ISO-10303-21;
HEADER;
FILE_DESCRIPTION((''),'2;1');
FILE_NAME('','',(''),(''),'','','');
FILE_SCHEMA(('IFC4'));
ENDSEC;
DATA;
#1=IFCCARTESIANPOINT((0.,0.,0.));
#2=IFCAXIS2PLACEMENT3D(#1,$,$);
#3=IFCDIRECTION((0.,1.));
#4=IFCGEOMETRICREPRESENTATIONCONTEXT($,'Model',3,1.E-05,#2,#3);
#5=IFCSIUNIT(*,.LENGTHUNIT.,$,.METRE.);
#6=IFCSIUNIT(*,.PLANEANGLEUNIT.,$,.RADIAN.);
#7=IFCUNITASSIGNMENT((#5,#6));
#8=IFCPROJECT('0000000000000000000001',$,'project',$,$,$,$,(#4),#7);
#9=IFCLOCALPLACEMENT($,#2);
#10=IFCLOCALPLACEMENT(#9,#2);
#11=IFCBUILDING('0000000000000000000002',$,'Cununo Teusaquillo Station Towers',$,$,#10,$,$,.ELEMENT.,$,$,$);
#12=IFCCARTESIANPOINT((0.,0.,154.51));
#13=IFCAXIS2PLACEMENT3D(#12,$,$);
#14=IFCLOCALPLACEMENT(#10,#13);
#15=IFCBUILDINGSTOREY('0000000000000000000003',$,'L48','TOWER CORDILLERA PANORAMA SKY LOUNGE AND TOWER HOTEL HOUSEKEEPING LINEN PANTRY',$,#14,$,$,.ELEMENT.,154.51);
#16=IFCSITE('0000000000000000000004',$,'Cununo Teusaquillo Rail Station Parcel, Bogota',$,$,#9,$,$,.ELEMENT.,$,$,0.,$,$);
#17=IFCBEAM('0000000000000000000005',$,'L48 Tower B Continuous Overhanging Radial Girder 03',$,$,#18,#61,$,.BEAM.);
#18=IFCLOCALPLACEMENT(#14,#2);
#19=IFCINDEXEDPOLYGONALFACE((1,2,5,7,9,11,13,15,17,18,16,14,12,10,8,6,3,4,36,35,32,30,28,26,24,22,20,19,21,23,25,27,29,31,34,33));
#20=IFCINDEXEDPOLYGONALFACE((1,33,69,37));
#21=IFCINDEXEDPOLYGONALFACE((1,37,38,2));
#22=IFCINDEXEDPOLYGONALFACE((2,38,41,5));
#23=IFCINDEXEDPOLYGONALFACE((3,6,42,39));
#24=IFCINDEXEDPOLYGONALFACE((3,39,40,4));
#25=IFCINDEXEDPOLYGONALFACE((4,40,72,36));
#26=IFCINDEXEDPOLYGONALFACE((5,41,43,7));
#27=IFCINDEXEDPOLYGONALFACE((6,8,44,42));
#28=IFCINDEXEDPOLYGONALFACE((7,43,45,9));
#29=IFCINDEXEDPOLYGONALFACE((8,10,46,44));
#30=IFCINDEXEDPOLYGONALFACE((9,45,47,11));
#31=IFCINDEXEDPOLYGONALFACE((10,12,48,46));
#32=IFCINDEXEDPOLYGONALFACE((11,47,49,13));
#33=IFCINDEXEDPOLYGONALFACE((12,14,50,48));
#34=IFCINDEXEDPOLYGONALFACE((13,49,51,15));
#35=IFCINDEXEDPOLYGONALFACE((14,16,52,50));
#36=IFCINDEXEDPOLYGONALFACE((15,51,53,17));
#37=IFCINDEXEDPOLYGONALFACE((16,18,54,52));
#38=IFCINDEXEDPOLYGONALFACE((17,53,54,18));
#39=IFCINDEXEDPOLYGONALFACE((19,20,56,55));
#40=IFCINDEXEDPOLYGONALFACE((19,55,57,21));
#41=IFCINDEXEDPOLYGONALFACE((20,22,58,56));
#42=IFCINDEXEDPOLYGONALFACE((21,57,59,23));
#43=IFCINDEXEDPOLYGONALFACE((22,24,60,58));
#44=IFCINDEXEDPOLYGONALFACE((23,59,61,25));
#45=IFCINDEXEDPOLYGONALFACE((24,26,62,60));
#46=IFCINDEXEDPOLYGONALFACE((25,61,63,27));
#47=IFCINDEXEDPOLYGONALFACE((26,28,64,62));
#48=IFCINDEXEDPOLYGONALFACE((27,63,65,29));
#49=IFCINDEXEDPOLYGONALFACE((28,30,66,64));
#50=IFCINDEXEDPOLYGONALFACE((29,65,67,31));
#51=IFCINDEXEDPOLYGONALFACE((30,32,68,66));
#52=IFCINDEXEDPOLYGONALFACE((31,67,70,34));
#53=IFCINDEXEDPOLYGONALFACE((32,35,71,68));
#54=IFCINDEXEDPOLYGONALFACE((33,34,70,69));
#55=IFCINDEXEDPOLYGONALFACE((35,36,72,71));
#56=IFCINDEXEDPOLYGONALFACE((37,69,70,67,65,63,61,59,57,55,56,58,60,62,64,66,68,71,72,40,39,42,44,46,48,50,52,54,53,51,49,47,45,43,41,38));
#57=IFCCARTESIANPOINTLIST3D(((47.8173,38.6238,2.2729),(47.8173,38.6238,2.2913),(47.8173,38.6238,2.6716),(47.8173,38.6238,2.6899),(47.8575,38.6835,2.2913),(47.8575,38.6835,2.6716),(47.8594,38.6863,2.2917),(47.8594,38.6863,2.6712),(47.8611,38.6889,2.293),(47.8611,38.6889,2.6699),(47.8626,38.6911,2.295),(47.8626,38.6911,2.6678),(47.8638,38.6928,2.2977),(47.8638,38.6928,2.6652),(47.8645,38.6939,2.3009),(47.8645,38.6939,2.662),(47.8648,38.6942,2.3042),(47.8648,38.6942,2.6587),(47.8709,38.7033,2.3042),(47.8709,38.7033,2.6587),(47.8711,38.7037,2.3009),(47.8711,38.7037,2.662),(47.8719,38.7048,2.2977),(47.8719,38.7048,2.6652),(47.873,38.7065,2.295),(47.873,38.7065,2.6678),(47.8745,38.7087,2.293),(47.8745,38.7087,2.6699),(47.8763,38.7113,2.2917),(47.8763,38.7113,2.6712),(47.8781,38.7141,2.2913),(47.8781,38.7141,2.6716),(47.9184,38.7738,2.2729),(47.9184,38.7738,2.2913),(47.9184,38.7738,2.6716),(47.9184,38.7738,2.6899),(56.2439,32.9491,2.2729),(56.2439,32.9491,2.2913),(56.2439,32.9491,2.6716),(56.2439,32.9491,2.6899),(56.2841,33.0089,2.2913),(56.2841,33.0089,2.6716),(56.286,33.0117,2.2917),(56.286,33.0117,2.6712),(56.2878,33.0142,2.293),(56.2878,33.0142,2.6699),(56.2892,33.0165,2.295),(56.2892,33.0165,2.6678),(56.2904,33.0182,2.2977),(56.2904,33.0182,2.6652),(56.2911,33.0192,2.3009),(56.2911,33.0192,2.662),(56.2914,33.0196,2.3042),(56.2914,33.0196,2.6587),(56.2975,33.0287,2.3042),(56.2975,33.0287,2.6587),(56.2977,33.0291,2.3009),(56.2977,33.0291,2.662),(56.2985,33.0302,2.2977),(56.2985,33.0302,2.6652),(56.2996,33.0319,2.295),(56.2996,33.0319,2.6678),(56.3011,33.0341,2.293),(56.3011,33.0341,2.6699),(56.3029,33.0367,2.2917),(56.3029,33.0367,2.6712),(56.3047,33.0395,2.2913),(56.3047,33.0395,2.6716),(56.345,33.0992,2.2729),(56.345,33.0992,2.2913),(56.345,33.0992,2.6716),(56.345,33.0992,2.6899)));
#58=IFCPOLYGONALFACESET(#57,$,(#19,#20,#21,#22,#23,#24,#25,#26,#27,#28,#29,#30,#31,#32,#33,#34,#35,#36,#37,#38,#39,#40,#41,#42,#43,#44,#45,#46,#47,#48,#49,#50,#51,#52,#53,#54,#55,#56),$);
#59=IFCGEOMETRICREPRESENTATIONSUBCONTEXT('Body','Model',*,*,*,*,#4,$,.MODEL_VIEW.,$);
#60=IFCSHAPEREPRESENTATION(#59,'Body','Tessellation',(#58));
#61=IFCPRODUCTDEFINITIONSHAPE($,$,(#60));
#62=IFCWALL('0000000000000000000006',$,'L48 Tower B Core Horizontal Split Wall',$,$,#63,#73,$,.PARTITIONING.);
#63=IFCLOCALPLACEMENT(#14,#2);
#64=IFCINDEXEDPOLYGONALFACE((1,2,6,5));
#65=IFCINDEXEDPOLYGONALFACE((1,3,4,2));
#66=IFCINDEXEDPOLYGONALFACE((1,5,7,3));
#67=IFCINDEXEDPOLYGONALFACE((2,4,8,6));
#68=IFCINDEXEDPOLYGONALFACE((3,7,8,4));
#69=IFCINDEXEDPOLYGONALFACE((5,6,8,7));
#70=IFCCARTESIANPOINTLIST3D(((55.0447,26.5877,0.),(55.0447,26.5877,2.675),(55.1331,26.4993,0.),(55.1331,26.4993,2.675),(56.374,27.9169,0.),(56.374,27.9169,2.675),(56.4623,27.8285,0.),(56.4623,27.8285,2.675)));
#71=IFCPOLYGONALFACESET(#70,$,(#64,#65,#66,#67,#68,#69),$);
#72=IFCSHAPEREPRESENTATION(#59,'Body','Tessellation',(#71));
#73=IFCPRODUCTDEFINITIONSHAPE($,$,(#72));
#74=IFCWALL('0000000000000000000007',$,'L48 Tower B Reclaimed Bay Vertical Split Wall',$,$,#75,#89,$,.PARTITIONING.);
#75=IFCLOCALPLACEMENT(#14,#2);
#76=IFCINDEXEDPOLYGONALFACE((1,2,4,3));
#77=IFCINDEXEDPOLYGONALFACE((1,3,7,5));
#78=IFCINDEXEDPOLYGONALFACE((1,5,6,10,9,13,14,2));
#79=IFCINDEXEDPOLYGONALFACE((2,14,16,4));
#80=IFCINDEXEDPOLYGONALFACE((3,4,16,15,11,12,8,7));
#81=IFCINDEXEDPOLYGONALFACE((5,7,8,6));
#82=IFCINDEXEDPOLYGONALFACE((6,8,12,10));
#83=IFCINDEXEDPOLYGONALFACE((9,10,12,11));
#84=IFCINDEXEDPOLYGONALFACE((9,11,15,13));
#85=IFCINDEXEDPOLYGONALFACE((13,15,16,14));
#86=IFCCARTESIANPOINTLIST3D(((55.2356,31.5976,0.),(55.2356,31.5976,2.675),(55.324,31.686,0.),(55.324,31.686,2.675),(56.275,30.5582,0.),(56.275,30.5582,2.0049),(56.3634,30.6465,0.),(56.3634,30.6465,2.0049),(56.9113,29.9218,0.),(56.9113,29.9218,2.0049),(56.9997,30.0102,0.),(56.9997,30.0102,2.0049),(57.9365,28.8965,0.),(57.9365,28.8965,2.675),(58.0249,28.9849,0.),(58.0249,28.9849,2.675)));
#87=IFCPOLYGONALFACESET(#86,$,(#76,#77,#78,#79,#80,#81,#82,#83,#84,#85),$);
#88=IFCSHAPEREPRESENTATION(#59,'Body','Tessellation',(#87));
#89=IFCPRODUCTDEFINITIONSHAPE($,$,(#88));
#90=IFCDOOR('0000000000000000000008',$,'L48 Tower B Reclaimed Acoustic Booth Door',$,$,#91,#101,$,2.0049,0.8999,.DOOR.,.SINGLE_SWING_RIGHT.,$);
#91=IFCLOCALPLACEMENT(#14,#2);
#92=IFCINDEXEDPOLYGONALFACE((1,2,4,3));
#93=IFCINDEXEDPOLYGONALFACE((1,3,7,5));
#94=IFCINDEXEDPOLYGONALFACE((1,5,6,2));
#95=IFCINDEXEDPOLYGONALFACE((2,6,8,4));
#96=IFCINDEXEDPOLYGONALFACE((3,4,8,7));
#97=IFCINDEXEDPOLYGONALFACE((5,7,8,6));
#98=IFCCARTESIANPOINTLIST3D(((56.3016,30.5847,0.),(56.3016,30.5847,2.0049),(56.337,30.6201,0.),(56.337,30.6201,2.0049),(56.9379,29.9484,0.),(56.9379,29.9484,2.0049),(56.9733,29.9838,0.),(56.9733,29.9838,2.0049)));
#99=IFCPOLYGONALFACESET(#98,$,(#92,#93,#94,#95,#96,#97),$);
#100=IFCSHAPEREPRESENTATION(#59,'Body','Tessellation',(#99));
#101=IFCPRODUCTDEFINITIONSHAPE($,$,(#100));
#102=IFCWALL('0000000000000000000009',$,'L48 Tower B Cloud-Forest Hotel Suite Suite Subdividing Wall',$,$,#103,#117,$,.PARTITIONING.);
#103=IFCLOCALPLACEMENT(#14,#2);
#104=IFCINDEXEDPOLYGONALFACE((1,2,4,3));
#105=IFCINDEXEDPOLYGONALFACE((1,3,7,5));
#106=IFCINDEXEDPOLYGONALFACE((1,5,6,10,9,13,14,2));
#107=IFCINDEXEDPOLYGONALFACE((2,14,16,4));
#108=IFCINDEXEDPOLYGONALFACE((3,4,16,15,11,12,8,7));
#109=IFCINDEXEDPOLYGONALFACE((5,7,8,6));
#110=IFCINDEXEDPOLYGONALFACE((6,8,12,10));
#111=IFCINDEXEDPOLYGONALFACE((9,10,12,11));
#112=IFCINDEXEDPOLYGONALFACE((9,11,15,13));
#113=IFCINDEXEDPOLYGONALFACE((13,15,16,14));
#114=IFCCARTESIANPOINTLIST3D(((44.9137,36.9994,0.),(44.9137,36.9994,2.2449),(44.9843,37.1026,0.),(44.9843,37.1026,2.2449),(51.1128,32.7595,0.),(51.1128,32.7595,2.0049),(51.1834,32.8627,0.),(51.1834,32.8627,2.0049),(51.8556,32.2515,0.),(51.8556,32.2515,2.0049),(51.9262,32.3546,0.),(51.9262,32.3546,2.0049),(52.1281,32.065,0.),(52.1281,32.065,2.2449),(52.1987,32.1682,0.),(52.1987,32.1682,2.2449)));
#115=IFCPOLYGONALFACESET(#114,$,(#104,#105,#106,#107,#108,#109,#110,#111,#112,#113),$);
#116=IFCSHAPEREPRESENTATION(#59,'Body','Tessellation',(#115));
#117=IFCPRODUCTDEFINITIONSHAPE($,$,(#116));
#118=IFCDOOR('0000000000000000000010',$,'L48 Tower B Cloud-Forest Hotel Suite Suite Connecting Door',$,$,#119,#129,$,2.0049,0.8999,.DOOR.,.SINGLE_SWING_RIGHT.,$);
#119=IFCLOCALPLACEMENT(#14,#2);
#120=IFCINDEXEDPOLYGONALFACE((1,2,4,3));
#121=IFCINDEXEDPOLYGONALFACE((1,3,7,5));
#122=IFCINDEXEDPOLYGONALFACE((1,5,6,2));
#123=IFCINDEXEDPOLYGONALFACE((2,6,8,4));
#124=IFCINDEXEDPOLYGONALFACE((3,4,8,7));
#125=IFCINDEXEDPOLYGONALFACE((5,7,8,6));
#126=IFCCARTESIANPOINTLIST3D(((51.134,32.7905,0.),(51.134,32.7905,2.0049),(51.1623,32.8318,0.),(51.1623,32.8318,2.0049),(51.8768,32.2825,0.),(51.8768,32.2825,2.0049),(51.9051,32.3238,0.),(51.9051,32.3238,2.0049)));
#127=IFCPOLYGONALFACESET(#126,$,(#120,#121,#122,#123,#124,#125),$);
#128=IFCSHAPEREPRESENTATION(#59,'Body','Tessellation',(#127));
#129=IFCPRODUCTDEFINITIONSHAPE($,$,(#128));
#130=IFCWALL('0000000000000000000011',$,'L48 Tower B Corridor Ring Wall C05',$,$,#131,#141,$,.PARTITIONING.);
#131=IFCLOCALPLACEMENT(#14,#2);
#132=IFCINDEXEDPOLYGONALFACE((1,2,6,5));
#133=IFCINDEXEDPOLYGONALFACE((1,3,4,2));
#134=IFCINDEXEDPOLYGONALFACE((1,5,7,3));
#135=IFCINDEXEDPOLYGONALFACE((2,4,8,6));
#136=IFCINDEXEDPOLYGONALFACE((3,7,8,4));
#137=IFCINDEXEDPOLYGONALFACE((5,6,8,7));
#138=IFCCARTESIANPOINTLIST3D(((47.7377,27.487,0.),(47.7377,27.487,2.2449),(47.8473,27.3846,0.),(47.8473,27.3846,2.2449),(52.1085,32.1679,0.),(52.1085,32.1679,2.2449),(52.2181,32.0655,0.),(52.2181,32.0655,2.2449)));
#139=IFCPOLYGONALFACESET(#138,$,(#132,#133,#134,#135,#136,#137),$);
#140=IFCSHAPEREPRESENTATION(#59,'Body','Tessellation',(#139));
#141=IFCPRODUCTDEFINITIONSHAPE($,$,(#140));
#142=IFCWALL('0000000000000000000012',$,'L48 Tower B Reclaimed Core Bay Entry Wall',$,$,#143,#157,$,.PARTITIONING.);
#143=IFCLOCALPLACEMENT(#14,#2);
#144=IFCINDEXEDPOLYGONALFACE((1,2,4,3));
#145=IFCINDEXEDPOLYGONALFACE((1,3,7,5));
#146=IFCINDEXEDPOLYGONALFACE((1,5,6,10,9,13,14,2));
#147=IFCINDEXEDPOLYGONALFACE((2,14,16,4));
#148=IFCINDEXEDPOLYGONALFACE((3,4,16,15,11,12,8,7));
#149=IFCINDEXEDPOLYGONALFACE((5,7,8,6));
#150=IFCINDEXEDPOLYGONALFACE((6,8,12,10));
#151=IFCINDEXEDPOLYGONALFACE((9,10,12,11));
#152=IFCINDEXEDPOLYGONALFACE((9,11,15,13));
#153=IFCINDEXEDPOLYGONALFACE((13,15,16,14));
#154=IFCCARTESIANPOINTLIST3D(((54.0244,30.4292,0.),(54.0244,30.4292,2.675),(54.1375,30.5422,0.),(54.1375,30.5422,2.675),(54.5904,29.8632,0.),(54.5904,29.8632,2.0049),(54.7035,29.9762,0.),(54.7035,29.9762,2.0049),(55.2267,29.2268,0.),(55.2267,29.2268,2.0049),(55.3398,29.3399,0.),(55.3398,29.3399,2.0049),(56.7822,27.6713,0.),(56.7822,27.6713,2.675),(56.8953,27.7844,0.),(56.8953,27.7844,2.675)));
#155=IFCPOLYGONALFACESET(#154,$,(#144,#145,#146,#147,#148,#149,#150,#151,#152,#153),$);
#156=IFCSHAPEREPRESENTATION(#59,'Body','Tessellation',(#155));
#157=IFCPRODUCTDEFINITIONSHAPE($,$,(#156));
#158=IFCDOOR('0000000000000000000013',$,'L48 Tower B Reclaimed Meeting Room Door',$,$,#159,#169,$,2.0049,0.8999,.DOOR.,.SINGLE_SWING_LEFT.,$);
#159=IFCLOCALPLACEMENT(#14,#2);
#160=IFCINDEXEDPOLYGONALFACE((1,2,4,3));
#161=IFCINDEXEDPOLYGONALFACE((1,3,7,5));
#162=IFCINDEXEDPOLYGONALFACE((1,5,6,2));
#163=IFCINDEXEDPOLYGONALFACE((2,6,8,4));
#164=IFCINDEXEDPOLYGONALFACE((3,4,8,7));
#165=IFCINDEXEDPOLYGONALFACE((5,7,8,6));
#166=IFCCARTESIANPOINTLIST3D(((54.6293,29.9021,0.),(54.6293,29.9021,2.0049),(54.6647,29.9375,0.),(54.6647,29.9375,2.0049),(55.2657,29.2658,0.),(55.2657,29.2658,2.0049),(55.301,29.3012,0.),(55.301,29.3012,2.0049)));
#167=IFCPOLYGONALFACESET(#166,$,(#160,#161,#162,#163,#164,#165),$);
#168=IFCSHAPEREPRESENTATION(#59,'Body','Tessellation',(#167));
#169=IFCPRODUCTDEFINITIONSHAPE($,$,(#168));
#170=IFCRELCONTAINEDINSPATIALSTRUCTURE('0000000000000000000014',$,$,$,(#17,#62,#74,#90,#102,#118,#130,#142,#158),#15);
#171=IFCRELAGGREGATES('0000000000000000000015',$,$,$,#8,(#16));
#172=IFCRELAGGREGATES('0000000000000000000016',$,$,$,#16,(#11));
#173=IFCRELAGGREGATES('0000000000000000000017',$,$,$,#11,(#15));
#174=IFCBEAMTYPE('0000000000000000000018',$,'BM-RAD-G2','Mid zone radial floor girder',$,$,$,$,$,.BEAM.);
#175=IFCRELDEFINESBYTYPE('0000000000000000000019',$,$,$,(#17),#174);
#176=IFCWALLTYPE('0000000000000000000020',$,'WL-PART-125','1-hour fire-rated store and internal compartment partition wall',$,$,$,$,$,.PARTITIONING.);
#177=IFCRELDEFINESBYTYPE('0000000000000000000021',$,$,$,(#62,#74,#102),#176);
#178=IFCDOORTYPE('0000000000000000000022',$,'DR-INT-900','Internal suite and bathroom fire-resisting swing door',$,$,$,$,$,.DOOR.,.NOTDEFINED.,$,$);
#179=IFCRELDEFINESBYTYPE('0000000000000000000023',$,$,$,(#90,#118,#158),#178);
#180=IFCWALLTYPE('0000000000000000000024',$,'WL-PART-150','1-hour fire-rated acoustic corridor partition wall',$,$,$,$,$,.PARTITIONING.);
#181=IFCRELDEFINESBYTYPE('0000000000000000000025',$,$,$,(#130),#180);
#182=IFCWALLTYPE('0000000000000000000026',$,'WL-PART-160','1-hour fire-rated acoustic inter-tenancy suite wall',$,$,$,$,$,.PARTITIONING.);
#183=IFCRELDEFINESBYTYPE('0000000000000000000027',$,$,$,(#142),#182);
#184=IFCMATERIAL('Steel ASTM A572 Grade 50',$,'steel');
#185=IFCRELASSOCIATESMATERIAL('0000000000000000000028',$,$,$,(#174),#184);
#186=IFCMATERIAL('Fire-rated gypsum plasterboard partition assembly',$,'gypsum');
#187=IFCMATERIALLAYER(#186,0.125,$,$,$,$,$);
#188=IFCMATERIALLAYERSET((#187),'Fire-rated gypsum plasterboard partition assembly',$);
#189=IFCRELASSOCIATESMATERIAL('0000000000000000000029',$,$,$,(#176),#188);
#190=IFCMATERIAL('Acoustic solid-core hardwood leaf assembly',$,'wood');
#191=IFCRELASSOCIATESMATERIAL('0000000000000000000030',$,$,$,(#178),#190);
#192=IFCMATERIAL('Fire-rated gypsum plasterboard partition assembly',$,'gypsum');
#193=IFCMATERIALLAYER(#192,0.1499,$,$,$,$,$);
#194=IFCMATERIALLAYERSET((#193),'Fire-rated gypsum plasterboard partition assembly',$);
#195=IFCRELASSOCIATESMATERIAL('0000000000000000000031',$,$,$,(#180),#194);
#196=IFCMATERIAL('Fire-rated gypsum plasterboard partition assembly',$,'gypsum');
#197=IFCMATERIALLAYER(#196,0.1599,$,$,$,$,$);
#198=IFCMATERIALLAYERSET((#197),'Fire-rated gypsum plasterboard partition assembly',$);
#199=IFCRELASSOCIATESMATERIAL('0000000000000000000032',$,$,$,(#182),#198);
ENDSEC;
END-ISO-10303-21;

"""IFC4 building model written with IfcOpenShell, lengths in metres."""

from ifc_helpers import new_model, si_unit, direction, frame, frame_2d, origin, origin_2d, place, context, subcontext, project, spatial, rectangle, i_section, extrude, source, transform, mapped, material, layer, layer_set, material_profile, profile_set, type_object, element, fill, save


model = new_model("IFC4")

# Units and contexts
model_context = context("Model", 3, precision=1e-05, world=origin(), true_north=direction((0.0, 1.0)))
body_context = subcontext(model_context, "Body", "Model", "MODEL_VIEW")
ifc_project = project(units=[si_unit("LENGTHUNIT", "METRE"), si_unit("PLANEANGLEUNIT", "RADIAN")], contexts=[model_context])

# Site, building, storey
site_placement = place(None, origin())
site = spatial("IfcSite", under=ifc_project, at=site_placement, Name="Cununo Teusaquillo Rail Station Parcel, Bogota", CompositionType="ELEMENT", RefElevation=0.0)
building_placement = place(site_placement, origin())
building = spatial("IfcBuilding", under=site, at=building_placement, Name="Cununo Teusaquillo Station Towers", CompositionType="ELEMENT")
storey_placement = place(building_placement, frame((0.0, 0.0, 154.51)))
storey = spatial("IfcBuildingStorey", under=building, at=storey_placement, Name="L48", Description="TOWER CORDILLERA PANORAMA SKY LOUNGE AND TOWER HOTEL HOUSEKEEPING LINEN PANTRY", CompositionType="ELEMENT", Elevation=154.51)

# Beam
ifc_material_1 = material(Name="Steel ASTM A572 Grade 50", Category="steel")
ifc_material_profile_1 = material_profile(ifc_material_1, i_section(OverallWidth=0.1809, OverallDepth=0.417, WebThickness=0.011, FlangeThickness=0.0183, FilletRadius=0.0129, at=origin_2d()), Name="W16X57")
ifc_profile_set_1 = profile_set([ifc_material_profile_1], Name="Steel ASTM A572 Grade 50")
beam_type = type_object("IfcBeamType", Name="BM-RAD-G2", Description="Mid zone radial floor girder", PredefinedType="BEAM", material=ifc_profile_set_1)
beam_1_placement = place(storey_placement, frame((56.2944, 33.0242, 2.4814), z_axis=(-0.829457, 0.558571, 0.0), x_axis=(-0.558571, -0.829457, 0.0)))
element("IfcBeam", 1, at=beam_1_placement, inside=storey, type_object=beam_type, Name="L48 Tower B Continuous Overhanging Radial Girder 03", PredefinedType="BEAM", context=body_context, shape_type="SweptSolid", body=[
    extrude(i_section(OverallWidth=0.1809, OverallDepth=0.417, WebThickness=0.011, FlangeThickness=0.0183, FilletRadius=0.0129, at=origin_2d()), origin(), (0.0, 0.0, 1.0), 10.1592),
])

# Wall
ifc_material_2 = material(Name="Fire-rated gypsum plasterboard partition assembly", Category="gypsum")
ifc_layer_1 = layer(ifc_material_2, 0.125)
ifc_layer_set_1 = layer_set([ifc_layer_1], Name="Fire-rated gypsum plasterboard partition assembly")
wall_type_1 = type_object("IfcWallType", Name="WL-PART-125", Description="1-hour fire-rated store and internal compartment partition wall", PredefinedType="PARTITIONING", material=ifc_layer_set_1)
wall_1_placement = place(storey_placement, frame((55.0889, 26.5435, 0.0), z_axis=(0.0, 0.0, 1.0), x_axis=(0.707107, 0.707107, 0.0)))
element("IfcWall", 2, at=wall_1_placement, inside=storey, type_object=wall_type_1, Name="L48 Tower B Core Horizontal Split Wall", PredefinedType="PARTITIONING", context=body_context, shape_type="SweptSolid", body=[
    extrude(rectangle(XDim=1.8799, YDim=0.125, at=frame_2d((0.9399, 0.0))), origin(), (0.0, 0.0, 1.0), 2.675),
])

# Walls, openings, doors
wall_2_placement = place(storey_placement, frame((57.9807, 28.9407, 0.0), z_axis=(0.0, 0.0, 1.0), x_axis=(-0.707075, 0.707139, 0.0)))
wall_2 = element("IfcWall", 3, at=wall_2_placement, inside=storey, type_object=wall_type_1, Name="L48 Tower B Reclaimed Bay Vertical Split Wall", PredefinedType="PARTITIONING", context=body_context, shape_type="SweptSolid", body=[
    extrude(rectangle(XDim=3.8198, YDim=0.125, at=frame_2d((1.9099, 0.0))), origin(), (0.0, 0.0, 1.0), 2.675),
])
shared_shape_1 = source(origin(), body_context, "Body", "SweptSolid", [
    extrude(rectangle(XDim=0.8999, YDim=2.0049, at=frame_2d((0.45, 1.0024))), frame((0.0, 0.0725, 0.0), z_axis=(0.0, -1.0, 0.0), x_axis=(1.0, 0.0, 0.0)), (0.0, 0.0, 1.0), 0.145),
])
opening_1_placement = place(wall_2_placement, frame((1.45, 0.0, 0.0)))
opening_1 = element("IfcOpeningElement", 4, at=opening_1_placement, cuts=wall_2, PredefinedType="OPENING", context=body_context, shape_type="MappedRepresentation", body=[
    mapped(shared_shape_1, transform((0.0, 0.0, 0.0), x_axis=(1.0, 0.0, 0.0), y_axis=(0.0, 1.0, 0.0), z_axis=(0.0, 0.0, 1.0), scale=1.0)),
])
ifc_material_3 = material(Name="Acoustic solid-core hardwood leaf assembly", Category="wood")
door_type_1 = type_object("IfcDoorType", Name="DR-INT-900", Description="Internal suite and bathroom fire-resisting swing door", OperationType="NOTDEFINED", PredefinedType="DOOR", material=ifc_material_3)
shared_shape_2 = source(origin(), body_context, "Body", "SweptSolid", [
    extrude(rectangle(XDim=0.8999, YDim=2.0049, at=frame_2d((0.45, 1.0024))), frame((0.0, 0.0249, 0.0), z_axis=(0.0, -1.0, 0.0), x_axis=(1.0, 0.0, 0.0)), (0.0, 0.0, 1.0), 0.05),
])
door_1_placement = place(opening_1_placement, origin())
door_1 = element("IfcDoor", 5, at=door_1_placement, inside=storey, type_object=door_type_1, Name="L48 Tower B Reclaimed Acoustic Booth Door", OperationType="SINGLE_SWING_RIGHT", OverallHeight=2.0049, OverallWidth=0.8999, PredefinedType="DOOR", context=body_context, shape_type="MappedRepresentation", body=[
    mapped(shared_shape_2, transform((0.0, 0.0, 0.0), x_axis=(1.0, 0.0, 0.0), y_axis=(0.0, 1.0, 0.0), z_axis=(0.0, 0.0, 1.0), scale=1.0)),
])
fill(opening_1, door_1)
wall_3_placement = place(storey_placement, frame((52.1633, 32.1167, 0.0), z_axis=(0.0, 0.0, 1.0), x_axis=(-0.825404, 0.564543, 0.0)))
wall_3 = element("IfcWall", 6, at=wall_3_placement, inside=storey, type_object=wall_type_1, Name="L48 Tower B Cloud-Forest Hotel Suite Suite Subdividing Wall", PredefinedType="PARTITIONING", context=body_context, shape_type="SweptSolid", body=[
    extrude(rectangle(XDim=8.7405, YDim=0.125, at=frame_2d((4.3701, 0.0))), origin(), (0.0, 0.0, 1.0), 2.2449),
])
opening_2_placement = place(wall_3_placement, frame((0.3301, 0.0, 0.0)))
opening_2 = element("IfcOpeningElement", 7, at=opening_2_placement, cuts=wall_3, PredefinedType="OPENING", context=body_context, shape_type="MappedRepresentation", body=[
    mapped(shared_shape_1, transform((0.0, 0.0, 0.0), x_axis=(1.0, 0.0, 0.0), y_axis=(0.0, 1.0, 0.0), z_axis=(0.0, 0.0, 1.0), scale=1.0)),
])
door_2_placement = place(opening_2_placement, origin())
door_2 = element("IfcDoor", 8, at=door_2_placement, inside=storey, type_object=door_type_1, Name="L48 Tower B Cloud-Forest Hotel Suite Suite Connecting Door", OperationType="SINGLE_SWING_RIGHT", OverallHeight=2.0049, OverallWidth=0.8999, PredefinedType="DOOR", context=body_context, shape_type="MappedRepresentation", body=[
    mapped(shared_shape_2, transform((0.0, 0.0, 0.0), x_axis=(1.0, 0.0, 0.0), y_axis=(0.0, 1.0, 0.0), z_axis=(0.0, 0.0, 1.0), scale=1.0)),
])
fill(opening_2, door_2)

# Wall
ifc_material_4 = material(Name="Fire-rated gypsum plasterboard partition assembly", Category="gypsum")
ifc_layer_2 = layer(ifc_material_4, 0.1499)
ifc_layer_set_2 = layer_set([ifc_layer_2], Name="Fire-rated gypsum plasterboard partition assembly")
wall_type_2 = type_object("IfcWallType", Name="WL-PART-150", Description="1-hour fire-rated acoustic corridor partition wall", PredefinedType="PARTITIONING", material=ifc_layer_set_2)
wall_4_placement = place(storey_placement, frame((52.1633, 32.1167, 0.0), z_axis=(0.0, 0.0, 1.0), x_axis=(-0.682485, -0.730899, 0.0)))
element("IfcWall", 9, at=wall_4_placement, inside=storey, type_object=wall_type_2, Name="L48 Tower B Corridor Ring Wall C05", PredefinedType="PARTITIONING", context=body_context, shape_type="SweptSolid", body=[
    extrude(rectangle(XDim=6.4043, YDim=0.1499, at=frame_2d((3.2021, 0.0))), origin(), (0.0, 0.0, 1.0), 2.2449),
])

# Wall, opening, door
ifc_material_5 = material(Name="Fire-rated gypsum plasterboard partition assembly", Category="gypsum")
ifc_layer_3 = layer(ifc_material_5, 0.1599)
ifc_layer_set_3 = layer_set([ifc_layer_3], Name="Fire-rated gypsum plasterboard partition assembly")
wall_type_3 = type_object("IfcWallType", Name="WL-PART-160", Description="1-hour fire-rated acoustic inter-tenancy suite wall", PredefinedType="PARTITIONING", material=ifc_layer_set_3)
wall_5_placement = place(storey_placement, frame((56.8389, 27.7278, 0.0), z_axis=(0.0, 0.0, 1.0), x_axis=(-0.707107, 0.707107, 0.0)))
wall_5 = element("IfcWall", 10, at=wall_5_placement, inside=storey, type_object=wall_type_3, Name="L48 Tower B Reclaimed Core Bay Entry Wall", PredefinedType="PARTITIONING", context=body_context, shape_type="SweptSolid", body=[
    extrude(rectangle(XDim=3.9001, YDim=0.1599, at=frame_2d((1.9502, 0.0))), origin(), (0.0, 0.0, 1.0), 2.675),
])
shared_shape_3 = source(origin(), body_context, "Body", "SweptSolid", [
    extrude(rectangle(XDim=0.8999, YDim=2.0049, at=frame_2d((0.45, 1.0024))), frame((0.0, 0.0898, 0.0), z_axis=(0.0, -1.0, 0.0), x_axis=(1.0, 0.0, 0.0)), (0.0, 0.0, 1.0), 0.1799),
])
opening_3_placement = place(wall_5_placement, frame((2.2, 0.0, 0.0)))
opening_3 = element("IfcOpeningElement", 11, at=opening_3_placement, cuts=wall_5, PredefinedType="OPENING", context=body_context, shape_type="MappedRepresentation", body=[
    mapped(shared_shape_3, transform((0.0, 0.0, 0.0), x_axis=(1.0, 0.0, 0.0), y_axis=(0.0, 1.0, 0.0), z_axis=(0.0, 0.0, 1.0), scale=1.0)),
])
door_3_placement = place(opening_3_placement, origin())
door_3 = element("IfcDoor", 12, at=door_3_placement, inside=storey, type_object=door_type_1, Name="L48 Tower B Reclaimed Meeting Room Door", OperationType="SINGLE_SWING_LEFT", OverallHeight=2.0049, OverallWidth=0.8999, PredefinedType="DOOR", context=body_context, shape_type="MappedRepresentation", body=[
    mapped(shared_shape_2, transform((0.0, 0.0, 0.0), x_axis=(1.0, 0.0, 0.0), y_axis=(0.0, 1.0, 0.0), z_axis=(0.0, 0.0, 1.0), scale=1.0)),
])
fill(opening_3, door_3)

save(model, "model.ifc")
